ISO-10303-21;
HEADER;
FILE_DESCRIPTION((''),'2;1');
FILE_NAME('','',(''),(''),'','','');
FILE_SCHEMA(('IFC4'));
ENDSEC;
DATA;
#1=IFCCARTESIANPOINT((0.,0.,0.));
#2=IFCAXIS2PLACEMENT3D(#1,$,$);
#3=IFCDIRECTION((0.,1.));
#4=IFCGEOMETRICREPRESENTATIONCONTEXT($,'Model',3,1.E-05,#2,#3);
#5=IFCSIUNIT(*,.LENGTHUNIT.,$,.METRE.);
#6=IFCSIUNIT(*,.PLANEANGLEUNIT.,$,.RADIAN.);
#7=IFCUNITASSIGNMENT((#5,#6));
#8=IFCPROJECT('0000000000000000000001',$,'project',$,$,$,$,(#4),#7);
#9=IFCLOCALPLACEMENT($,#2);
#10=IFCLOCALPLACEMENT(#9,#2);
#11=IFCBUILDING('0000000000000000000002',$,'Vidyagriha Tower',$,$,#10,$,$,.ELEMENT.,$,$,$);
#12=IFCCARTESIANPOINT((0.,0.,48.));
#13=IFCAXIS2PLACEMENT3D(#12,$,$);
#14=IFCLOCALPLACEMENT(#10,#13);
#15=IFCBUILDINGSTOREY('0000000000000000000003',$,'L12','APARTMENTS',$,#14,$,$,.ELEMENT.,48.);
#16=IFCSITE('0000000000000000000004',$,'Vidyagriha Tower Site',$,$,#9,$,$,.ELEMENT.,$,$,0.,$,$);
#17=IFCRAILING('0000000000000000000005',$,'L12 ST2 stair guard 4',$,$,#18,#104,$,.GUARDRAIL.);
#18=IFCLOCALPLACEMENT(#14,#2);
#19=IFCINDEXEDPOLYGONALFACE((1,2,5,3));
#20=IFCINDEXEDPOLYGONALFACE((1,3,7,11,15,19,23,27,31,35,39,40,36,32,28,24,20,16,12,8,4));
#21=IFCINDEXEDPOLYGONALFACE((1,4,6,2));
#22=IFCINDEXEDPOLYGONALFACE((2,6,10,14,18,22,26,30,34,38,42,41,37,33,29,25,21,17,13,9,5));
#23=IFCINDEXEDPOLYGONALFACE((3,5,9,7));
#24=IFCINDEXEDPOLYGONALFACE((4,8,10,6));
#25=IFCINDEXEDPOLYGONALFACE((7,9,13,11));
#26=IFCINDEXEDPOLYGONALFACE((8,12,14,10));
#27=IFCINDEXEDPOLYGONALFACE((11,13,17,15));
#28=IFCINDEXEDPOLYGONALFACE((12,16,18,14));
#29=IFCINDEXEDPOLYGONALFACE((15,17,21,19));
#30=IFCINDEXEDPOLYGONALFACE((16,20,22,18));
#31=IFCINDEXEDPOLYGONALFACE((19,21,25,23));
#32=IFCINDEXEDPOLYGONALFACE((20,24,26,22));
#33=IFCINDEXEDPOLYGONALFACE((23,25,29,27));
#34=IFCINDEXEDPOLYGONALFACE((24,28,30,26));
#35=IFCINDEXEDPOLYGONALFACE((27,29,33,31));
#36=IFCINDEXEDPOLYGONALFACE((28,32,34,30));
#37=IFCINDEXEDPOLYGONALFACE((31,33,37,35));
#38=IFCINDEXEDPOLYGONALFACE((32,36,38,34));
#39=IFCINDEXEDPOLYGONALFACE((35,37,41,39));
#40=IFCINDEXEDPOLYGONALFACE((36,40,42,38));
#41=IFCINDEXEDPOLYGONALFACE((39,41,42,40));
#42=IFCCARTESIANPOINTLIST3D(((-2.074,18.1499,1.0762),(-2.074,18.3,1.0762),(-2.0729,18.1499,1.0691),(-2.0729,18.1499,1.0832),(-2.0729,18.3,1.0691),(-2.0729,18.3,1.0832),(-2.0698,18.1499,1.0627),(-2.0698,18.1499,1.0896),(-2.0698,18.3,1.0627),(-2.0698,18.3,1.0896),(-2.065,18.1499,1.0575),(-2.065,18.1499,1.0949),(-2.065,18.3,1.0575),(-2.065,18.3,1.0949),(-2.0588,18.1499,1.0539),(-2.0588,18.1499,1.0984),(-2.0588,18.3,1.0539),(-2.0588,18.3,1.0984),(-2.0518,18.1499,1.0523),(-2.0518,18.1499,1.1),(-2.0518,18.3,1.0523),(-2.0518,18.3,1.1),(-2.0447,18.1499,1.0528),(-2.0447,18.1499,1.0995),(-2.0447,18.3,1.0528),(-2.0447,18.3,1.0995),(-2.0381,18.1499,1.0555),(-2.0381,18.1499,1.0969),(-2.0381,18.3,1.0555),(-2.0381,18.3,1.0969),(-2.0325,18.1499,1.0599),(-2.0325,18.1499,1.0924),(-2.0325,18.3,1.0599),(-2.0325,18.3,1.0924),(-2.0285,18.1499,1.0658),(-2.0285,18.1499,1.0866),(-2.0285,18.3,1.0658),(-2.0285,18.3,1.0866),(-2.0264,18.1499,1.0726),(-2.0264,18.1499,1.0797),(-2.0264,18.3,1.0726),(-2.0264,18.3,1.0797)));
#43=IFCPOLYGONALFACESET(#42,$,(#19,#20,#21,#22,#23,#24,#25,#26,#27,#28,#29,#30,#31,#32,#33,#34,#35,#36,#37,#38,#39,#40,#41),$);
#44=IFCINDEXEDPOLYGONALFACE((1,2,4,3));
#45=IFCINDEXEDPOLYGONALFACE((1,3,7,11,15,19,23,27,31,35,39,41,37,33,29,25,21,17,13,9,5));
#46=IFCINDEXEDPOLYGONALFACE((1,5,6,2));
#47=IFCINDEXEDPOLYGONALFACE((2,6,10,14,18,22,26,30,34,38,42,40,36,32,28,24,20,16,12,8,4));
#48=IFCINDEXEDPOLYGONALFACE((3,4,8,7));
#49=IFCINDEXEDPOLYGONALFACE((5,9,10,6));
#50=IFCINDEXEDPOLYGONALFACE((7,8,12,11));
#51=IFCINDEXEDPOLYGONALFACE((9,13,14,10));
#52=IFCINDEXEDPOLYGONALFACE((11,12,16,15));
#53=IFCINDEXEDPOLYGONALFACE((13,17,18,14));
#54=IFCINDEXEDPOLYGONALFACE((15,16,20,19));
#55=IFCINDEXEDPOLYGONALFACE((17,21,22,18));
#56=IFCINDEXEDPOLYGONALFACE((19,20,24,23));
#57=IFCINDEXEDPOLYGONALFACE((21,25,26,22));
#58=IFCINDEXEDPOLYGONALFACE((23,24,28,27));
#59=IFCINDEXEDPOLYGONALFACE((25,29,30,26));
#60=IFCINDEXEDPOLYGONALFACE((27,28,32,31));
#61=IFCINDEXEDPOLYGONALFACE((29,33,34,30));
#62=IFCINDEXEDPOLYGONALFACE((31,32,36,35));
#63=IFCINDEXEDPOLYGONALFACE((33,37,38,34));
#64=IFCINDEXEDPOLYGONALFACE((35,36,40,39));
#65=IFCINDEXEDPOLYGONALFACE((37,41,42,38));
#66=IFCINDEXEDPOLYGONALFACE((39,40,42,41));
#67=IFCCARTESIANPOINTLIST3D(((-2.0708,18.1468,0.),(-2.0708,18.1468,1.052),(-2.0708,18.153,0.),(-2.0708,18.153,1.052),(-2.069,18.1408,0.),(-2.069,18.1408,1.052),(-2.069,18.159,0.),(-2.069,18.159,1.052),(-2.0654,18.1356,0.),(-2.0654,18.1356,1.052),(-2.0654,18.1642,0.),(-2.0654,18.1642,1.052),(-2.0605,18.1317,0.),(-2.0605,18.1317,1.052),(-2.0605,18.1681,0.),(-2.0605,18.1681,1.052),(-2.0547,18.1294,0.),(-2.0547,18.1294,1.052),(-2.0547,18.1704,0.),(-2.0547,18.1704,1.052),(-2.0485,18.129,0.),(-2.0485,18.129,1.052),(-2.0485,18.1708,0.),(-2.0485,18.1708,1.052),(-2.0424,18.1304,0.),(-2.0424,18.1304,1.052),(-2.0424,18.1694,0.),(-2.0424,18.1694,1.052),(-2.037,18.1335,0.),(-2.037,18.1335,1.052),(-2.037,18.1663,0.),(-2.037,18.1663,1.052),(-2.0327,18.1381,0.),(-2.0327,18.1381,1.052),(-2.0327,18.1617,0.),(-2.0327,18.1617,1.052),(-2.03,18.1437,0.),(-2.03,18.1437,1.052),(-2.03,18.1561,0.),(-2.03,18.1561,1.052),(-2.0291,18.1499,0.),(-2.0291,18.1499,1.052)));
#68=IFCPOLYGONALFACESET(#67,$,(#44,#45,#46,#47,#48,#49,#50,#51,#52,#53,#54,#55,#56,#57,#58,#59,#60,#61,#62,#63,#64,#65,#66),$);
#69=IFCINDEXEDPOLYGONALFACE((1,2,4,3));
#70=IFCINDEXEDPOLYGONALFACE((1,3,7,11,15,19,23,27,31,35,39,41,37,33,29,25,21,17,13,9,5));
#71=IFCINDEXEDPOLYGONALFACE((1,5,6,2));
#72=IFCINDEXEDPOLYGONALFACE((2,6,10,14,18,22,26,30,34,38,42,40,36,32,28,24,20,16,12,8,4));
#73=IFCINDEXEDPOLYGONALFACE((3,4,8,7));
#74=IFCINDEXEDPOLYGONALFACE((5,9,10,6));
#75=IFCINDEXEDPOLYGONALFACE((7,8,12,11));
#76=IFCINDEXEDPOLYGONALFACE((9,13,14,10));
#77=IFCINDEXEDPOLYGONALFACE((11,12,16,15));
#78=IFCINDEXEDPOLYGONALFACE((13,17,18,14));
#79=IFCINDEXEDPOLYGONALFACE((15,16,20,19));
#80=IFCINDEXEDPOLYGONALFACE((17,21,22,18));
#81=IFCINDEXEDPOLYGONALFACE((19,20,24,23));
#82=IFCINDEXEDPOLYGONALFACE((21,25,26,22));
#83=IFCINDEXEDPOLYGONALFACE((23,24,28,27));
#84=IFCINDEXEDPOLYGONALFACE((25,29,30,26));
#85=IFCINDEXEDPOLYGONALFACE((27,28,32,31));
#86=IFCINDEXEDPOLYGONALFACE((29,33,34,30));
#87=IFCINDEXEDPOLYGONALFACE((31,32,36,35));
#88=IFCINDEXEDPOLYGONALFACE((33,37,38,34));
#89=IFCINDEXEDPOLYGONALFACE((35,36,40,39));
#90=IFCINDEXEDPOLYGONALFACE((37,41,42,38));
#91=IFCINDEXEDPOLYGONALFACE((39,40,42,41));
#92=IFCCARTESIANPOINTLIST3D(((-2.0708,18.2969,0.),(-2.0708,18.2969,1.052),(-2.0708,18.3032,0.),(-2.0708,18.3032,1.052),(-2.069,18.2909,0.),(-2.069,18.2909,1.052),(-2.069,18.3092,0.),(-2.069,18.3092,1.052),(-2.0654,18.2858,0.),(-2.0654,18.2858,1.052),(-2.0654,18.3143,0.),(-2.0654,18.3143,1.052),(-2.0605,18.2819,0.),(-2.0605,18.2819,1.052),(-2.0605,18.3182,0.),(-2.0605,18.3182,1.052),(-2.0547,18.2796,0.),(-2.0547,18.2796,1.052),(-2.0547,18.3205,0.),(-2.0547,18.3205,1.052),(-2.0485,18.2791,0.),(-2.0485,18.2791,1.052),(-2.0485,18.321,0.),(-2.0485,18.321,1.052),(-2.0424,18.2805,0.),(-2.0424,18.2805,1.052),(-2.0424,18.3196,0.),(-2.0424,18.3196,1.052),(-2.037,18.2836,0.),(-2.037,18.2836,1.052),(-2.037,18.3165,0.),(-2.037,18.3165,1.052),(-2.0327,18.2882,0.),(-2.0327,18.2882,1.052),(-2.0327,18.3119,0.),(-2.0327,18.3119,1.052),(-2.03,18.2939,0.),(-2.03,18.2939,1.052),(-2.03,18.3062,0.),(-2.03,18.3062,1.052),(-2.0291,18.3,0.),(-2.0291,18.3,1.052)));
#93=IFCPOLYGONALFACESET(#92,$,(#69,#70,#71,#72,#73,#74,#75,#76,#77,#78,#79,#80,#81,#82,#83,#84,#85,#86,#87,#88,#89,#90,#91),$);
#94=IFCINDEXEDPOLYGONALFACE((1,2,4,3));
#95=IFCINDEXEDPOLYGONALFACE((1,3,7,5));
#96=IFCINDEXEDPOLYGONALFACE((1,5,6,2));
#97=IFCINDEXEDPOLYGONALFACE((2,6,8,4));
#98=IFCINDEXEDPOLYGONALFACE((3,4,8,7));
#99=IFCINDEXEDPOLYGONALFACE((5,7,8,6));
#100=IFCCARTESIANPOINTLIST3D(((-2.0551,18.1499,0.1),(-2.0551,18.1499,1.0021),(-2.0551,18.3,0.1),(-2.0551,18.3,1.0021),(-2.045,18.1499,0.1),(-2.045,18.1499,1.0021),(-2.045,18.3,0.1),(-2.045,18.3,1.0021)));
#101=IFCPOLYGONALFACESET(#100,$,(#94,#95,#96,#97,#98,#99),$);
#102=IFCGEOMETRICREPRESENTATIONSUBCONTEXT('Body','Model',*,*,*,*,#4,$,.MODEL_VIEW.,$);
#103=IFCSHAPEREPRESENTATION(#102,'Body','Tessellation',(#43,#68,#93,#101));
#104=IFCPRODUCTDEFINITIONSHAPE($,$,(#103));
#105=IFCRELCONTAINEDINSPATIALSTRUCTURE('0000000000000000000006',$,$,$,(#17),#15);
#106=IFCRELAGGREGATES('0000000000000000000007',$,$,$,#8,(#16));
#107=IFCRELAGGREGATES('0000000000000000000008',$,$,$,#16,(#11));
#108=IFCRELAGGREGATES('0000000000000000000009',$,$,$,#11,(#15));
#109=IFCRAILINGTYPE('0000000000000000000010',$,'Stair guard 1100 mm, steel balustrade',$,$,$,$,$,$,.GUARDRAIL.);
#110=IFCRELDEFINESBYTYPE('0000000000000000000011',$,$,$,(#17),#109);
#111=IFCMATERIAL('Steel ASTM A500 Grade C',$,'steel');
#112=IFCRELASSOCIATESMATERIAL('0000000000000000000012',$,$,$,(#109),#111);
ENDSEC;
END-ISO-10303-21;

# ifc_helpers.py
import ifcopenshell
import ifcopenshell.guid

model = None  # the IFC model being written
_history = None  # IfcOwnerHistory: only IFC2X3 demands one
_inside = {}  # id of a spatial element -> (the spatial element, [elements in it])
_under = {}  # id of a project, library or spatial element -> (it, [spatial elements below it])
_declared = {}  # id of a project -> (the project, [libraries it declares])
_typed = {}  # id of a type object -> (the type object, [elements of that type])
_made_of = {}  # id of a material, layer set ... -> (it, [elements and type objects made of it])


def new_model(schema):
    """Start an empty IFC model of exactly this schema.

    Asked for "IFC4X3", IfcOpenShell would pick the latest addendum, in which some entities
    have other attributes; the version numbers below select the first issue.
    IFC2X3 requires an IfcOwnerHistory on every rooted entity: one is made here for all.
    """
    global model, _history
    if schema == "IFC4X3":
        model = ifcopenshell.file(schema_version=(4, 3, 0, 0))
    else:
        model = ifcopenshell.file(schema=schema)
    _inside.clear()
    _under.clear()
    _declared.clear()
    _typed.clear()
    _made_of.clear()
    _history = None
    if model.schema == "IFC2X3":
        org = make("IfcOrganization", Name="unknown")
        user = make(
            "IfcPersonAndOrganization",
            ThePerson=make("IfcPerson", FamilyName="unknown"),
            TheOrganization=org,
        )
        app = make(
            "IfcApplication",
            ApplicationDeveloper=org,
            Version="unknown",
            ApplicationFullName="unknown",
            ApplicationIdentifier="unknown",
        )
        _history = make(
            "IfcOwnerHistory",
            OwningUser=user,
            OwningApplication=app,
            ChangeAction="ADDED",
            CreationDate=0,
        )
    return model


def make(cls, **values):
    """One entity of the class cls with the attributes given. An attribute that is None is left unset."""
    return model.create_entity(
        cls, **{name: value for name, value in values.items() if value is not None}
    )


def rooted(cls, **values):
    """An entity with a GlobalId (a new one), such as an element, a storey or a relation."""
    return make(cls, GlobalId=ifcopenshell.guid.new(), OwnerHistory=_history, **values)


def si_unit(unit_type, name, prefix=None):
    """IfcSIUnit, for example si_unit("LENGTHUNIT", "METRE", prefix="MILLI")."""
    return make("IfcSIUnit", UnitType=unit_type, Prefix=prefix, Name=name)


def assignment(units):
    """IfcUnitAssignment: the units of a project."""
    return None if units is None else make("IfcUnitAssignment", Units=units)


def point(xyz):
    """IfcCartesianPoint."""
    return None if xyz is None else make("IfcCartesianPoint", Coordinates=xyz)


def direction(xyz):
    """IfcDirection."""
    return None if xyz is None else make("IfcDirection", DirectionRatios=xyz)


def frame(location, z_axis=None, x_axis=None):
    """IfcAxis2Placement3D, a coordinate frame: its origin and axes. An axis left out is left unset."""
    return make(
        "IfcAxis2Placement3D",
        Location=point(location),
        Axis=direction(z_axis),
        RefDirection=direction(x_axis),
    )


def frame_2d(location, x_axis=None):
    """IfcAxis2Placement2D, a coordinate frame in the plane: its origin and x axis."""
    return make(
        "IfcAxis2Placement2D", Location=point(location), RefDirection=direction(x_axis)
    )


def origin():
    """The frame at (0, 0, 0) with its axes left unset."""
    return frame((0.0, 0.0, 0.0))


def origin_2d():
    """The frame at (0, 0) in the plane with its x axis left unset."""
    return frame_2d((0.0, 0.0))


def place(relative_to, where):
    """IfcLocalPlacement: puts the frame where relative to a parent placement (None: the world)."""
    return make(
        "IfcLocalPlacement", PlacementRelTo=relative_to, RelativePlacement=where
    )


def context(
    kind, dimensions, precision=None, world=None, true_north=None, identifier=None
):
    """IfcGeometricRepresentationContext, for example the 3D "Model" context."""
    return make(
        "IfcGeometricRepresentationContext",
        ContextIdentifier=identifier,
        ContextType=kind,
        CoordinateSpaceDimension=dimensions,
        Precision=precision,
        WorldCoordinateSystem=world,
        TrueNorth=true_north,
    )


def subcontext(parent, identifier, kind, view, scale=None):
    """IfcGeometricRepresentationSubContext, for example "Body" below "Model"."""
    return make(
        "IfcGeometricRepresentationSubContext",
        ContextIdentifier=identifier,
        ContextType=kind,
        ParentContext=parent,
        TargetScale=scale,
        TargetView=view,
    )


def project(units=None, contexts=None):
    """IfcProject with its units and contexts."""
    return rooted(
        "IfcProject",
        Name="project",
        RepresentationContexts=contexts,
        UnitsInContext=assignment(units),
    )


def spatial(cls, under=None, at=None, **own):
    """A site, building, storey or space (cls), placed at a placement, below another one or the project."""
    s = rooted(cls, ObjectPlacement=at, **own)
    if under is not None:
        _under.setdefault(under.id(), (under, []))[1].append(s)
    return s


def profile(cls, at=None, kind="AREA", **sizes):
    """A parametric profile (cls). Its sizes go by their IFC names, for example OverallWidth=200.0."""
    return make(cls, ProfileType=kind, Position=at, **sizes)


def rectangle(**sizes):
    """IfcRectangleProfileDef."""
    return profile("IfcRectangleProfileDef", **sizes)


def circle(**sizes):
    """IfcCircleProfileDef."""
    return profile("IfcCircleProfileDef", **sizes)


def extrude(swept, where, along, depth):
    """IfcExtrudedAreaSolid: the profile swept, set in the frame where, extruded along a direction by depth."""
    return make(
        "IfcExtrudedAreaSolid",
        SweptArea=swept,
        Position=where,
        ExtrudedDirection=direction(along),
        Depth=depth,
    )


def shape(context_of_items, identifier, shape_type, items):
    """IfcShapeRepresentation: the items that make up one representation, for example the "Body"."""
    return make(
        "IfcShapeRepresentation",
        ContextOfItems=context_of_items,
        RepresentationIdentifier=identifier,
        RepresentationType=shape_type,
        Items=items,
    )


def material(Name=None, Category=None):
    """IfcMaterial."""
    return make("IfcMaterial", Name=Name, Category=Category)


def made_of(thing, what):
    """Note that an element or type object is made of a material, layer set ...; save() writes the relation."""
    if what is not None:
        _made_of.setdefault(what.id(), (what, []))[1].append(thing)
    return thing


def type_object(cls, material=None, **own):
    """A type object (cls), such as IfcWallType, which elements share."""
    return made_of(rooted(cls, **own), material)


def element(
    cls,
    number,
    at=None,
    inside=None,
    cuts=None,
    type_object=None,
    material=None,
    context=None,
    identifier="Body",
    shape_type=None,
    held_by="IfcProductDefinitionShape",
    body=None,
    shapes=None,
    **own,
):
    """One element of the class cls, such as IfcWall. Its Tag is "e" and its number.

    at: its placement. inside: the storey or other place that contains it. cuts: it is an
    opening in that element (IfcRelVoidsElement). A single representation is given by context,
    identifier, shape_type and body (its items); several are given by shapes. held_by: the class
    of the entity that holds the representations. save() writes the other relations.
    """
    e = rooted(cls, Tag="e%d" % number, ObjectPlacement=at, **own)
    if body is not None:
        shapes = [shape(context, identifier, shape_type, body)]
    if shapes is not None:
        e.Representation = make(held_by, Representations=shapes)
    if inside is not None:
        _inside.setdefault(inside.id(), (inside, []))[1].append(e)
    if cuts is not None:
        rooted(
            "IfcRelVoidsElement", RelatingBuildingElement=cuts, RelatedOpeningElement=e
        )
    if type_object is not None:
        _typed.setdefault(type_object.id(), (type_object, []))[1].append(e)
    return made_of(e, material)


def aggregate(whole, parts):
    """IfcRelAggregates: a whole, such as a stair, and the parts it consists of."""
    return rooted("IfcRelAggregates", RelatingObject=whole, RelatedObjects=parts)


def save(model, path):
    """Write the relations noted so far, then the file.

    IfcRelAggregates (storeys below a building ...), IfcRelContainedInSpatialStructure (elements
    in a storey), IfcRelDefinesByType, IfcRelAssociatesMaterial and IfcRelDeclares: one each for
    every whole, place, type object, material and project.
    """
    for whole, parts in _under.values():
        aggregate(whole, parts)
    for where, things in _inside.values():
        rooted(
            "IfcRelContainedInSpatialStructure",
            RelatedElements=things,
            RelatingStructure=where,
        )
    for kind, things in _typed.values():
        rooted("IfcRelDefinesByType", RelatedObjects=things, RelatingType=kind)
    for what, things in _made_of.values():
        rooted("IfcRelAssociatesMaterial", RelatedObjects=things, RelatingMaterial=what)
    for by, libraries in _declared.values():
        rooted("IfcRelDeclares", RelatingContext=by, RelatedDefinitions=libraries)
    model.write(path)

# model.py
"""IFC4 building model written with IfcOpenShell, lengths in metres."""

from ifc_helpers import new_model, si_unit, direction, frame, origin, origin_2d, place, context, subcontext, project, spatial, rectangle, circle, extrude, material, type_object, element, save


model = new_model("IFC4")

# Units and contexts
model_context = context("Model", 3, precision=1e-05, world=origin(), true_north=direction((0.0, 1.0)))
body_context = subcontext(model_context, "Body", "Model", "MODEL_VIEW")
ifc_project = project(units=[si_unit("LENGTHUNIT", "METRE"), si_unit("PLANEANGLEUNIT", "RADIAN")], contexts=[model_context])

# Site, building, storey
site_placement = place(None, origin())
site = spatial("IfcSite", under=ifc_project, at=site_placement, Name="Vidyagriha Tower Site", CompositionType="ELEMENT", RefElevation=0.0)
building_placement = place(site_placement, origin())
building = spatial("IfcBuilding", under=site, at=building_placement, Name="Vidyagriha Tower", CompositionType="ELEMENT")
storey_placement = place(building_placement, frame((0.0, 0.0, 48.0)))
storey = spatial("IfcBuildingStorey", under=building, at=storey_placement, Name="L12", Description="APARTMENTS", CompositionType="ELEMENT", Elevation=48.0)

# Railing
ifc_material_1 = material(Name="Steel ASTM A500 Grade C", Category="steel")
railing_type_1 = type_object("IfcRailingType", Name="Stair guard 1100 mm, steel balustrade", PredefinedType="GUARDRAIL", material=ifc_material_1)
railing_1_placement = place(storey_placement, frame((-2.05, 18.1499, 0.0)))
element("IfcRailing", 1, at=railing_1_placement, inside=storey, type_object=railing_type_1, Name="L12 ST2 stair guard 4", PredefinedType="GUARDRAIL", context=body_context, shape_type="SweptSolid", body=[
    extrude(circle(Radius=0.0239, at=origin_2d()), frame((0.0, 0.0, 1.0762), z_axis=(0.0, 1.0, 0.0), x_axis=(-1.0, 0.0, 0.0)), (0.0, 0.0, 1.0), 0.1501),
    extrude(circle(Radius=0.021, at=origin_2d()), origin(), (0.0, 0.0, 1.0), 1.052),
    extrude(circle(Radius=0.021, at=origin_2d()), frame((0.0, 0.1501, 0.0)), (0.0, 0.0, 1.0), 1.052),
    extrude(rectangle(XDim=0.01, YDim=0.9021, at=origin_2d()), frame((0.0, 0.0, 0.551), z_axis=(0.0, 1.0, 0.0), x_axis=(-1.0, 0.0, 0.0)), (0.0, 0.0, 1.0), 0.1501),
])

save(model, "model.ifc")
